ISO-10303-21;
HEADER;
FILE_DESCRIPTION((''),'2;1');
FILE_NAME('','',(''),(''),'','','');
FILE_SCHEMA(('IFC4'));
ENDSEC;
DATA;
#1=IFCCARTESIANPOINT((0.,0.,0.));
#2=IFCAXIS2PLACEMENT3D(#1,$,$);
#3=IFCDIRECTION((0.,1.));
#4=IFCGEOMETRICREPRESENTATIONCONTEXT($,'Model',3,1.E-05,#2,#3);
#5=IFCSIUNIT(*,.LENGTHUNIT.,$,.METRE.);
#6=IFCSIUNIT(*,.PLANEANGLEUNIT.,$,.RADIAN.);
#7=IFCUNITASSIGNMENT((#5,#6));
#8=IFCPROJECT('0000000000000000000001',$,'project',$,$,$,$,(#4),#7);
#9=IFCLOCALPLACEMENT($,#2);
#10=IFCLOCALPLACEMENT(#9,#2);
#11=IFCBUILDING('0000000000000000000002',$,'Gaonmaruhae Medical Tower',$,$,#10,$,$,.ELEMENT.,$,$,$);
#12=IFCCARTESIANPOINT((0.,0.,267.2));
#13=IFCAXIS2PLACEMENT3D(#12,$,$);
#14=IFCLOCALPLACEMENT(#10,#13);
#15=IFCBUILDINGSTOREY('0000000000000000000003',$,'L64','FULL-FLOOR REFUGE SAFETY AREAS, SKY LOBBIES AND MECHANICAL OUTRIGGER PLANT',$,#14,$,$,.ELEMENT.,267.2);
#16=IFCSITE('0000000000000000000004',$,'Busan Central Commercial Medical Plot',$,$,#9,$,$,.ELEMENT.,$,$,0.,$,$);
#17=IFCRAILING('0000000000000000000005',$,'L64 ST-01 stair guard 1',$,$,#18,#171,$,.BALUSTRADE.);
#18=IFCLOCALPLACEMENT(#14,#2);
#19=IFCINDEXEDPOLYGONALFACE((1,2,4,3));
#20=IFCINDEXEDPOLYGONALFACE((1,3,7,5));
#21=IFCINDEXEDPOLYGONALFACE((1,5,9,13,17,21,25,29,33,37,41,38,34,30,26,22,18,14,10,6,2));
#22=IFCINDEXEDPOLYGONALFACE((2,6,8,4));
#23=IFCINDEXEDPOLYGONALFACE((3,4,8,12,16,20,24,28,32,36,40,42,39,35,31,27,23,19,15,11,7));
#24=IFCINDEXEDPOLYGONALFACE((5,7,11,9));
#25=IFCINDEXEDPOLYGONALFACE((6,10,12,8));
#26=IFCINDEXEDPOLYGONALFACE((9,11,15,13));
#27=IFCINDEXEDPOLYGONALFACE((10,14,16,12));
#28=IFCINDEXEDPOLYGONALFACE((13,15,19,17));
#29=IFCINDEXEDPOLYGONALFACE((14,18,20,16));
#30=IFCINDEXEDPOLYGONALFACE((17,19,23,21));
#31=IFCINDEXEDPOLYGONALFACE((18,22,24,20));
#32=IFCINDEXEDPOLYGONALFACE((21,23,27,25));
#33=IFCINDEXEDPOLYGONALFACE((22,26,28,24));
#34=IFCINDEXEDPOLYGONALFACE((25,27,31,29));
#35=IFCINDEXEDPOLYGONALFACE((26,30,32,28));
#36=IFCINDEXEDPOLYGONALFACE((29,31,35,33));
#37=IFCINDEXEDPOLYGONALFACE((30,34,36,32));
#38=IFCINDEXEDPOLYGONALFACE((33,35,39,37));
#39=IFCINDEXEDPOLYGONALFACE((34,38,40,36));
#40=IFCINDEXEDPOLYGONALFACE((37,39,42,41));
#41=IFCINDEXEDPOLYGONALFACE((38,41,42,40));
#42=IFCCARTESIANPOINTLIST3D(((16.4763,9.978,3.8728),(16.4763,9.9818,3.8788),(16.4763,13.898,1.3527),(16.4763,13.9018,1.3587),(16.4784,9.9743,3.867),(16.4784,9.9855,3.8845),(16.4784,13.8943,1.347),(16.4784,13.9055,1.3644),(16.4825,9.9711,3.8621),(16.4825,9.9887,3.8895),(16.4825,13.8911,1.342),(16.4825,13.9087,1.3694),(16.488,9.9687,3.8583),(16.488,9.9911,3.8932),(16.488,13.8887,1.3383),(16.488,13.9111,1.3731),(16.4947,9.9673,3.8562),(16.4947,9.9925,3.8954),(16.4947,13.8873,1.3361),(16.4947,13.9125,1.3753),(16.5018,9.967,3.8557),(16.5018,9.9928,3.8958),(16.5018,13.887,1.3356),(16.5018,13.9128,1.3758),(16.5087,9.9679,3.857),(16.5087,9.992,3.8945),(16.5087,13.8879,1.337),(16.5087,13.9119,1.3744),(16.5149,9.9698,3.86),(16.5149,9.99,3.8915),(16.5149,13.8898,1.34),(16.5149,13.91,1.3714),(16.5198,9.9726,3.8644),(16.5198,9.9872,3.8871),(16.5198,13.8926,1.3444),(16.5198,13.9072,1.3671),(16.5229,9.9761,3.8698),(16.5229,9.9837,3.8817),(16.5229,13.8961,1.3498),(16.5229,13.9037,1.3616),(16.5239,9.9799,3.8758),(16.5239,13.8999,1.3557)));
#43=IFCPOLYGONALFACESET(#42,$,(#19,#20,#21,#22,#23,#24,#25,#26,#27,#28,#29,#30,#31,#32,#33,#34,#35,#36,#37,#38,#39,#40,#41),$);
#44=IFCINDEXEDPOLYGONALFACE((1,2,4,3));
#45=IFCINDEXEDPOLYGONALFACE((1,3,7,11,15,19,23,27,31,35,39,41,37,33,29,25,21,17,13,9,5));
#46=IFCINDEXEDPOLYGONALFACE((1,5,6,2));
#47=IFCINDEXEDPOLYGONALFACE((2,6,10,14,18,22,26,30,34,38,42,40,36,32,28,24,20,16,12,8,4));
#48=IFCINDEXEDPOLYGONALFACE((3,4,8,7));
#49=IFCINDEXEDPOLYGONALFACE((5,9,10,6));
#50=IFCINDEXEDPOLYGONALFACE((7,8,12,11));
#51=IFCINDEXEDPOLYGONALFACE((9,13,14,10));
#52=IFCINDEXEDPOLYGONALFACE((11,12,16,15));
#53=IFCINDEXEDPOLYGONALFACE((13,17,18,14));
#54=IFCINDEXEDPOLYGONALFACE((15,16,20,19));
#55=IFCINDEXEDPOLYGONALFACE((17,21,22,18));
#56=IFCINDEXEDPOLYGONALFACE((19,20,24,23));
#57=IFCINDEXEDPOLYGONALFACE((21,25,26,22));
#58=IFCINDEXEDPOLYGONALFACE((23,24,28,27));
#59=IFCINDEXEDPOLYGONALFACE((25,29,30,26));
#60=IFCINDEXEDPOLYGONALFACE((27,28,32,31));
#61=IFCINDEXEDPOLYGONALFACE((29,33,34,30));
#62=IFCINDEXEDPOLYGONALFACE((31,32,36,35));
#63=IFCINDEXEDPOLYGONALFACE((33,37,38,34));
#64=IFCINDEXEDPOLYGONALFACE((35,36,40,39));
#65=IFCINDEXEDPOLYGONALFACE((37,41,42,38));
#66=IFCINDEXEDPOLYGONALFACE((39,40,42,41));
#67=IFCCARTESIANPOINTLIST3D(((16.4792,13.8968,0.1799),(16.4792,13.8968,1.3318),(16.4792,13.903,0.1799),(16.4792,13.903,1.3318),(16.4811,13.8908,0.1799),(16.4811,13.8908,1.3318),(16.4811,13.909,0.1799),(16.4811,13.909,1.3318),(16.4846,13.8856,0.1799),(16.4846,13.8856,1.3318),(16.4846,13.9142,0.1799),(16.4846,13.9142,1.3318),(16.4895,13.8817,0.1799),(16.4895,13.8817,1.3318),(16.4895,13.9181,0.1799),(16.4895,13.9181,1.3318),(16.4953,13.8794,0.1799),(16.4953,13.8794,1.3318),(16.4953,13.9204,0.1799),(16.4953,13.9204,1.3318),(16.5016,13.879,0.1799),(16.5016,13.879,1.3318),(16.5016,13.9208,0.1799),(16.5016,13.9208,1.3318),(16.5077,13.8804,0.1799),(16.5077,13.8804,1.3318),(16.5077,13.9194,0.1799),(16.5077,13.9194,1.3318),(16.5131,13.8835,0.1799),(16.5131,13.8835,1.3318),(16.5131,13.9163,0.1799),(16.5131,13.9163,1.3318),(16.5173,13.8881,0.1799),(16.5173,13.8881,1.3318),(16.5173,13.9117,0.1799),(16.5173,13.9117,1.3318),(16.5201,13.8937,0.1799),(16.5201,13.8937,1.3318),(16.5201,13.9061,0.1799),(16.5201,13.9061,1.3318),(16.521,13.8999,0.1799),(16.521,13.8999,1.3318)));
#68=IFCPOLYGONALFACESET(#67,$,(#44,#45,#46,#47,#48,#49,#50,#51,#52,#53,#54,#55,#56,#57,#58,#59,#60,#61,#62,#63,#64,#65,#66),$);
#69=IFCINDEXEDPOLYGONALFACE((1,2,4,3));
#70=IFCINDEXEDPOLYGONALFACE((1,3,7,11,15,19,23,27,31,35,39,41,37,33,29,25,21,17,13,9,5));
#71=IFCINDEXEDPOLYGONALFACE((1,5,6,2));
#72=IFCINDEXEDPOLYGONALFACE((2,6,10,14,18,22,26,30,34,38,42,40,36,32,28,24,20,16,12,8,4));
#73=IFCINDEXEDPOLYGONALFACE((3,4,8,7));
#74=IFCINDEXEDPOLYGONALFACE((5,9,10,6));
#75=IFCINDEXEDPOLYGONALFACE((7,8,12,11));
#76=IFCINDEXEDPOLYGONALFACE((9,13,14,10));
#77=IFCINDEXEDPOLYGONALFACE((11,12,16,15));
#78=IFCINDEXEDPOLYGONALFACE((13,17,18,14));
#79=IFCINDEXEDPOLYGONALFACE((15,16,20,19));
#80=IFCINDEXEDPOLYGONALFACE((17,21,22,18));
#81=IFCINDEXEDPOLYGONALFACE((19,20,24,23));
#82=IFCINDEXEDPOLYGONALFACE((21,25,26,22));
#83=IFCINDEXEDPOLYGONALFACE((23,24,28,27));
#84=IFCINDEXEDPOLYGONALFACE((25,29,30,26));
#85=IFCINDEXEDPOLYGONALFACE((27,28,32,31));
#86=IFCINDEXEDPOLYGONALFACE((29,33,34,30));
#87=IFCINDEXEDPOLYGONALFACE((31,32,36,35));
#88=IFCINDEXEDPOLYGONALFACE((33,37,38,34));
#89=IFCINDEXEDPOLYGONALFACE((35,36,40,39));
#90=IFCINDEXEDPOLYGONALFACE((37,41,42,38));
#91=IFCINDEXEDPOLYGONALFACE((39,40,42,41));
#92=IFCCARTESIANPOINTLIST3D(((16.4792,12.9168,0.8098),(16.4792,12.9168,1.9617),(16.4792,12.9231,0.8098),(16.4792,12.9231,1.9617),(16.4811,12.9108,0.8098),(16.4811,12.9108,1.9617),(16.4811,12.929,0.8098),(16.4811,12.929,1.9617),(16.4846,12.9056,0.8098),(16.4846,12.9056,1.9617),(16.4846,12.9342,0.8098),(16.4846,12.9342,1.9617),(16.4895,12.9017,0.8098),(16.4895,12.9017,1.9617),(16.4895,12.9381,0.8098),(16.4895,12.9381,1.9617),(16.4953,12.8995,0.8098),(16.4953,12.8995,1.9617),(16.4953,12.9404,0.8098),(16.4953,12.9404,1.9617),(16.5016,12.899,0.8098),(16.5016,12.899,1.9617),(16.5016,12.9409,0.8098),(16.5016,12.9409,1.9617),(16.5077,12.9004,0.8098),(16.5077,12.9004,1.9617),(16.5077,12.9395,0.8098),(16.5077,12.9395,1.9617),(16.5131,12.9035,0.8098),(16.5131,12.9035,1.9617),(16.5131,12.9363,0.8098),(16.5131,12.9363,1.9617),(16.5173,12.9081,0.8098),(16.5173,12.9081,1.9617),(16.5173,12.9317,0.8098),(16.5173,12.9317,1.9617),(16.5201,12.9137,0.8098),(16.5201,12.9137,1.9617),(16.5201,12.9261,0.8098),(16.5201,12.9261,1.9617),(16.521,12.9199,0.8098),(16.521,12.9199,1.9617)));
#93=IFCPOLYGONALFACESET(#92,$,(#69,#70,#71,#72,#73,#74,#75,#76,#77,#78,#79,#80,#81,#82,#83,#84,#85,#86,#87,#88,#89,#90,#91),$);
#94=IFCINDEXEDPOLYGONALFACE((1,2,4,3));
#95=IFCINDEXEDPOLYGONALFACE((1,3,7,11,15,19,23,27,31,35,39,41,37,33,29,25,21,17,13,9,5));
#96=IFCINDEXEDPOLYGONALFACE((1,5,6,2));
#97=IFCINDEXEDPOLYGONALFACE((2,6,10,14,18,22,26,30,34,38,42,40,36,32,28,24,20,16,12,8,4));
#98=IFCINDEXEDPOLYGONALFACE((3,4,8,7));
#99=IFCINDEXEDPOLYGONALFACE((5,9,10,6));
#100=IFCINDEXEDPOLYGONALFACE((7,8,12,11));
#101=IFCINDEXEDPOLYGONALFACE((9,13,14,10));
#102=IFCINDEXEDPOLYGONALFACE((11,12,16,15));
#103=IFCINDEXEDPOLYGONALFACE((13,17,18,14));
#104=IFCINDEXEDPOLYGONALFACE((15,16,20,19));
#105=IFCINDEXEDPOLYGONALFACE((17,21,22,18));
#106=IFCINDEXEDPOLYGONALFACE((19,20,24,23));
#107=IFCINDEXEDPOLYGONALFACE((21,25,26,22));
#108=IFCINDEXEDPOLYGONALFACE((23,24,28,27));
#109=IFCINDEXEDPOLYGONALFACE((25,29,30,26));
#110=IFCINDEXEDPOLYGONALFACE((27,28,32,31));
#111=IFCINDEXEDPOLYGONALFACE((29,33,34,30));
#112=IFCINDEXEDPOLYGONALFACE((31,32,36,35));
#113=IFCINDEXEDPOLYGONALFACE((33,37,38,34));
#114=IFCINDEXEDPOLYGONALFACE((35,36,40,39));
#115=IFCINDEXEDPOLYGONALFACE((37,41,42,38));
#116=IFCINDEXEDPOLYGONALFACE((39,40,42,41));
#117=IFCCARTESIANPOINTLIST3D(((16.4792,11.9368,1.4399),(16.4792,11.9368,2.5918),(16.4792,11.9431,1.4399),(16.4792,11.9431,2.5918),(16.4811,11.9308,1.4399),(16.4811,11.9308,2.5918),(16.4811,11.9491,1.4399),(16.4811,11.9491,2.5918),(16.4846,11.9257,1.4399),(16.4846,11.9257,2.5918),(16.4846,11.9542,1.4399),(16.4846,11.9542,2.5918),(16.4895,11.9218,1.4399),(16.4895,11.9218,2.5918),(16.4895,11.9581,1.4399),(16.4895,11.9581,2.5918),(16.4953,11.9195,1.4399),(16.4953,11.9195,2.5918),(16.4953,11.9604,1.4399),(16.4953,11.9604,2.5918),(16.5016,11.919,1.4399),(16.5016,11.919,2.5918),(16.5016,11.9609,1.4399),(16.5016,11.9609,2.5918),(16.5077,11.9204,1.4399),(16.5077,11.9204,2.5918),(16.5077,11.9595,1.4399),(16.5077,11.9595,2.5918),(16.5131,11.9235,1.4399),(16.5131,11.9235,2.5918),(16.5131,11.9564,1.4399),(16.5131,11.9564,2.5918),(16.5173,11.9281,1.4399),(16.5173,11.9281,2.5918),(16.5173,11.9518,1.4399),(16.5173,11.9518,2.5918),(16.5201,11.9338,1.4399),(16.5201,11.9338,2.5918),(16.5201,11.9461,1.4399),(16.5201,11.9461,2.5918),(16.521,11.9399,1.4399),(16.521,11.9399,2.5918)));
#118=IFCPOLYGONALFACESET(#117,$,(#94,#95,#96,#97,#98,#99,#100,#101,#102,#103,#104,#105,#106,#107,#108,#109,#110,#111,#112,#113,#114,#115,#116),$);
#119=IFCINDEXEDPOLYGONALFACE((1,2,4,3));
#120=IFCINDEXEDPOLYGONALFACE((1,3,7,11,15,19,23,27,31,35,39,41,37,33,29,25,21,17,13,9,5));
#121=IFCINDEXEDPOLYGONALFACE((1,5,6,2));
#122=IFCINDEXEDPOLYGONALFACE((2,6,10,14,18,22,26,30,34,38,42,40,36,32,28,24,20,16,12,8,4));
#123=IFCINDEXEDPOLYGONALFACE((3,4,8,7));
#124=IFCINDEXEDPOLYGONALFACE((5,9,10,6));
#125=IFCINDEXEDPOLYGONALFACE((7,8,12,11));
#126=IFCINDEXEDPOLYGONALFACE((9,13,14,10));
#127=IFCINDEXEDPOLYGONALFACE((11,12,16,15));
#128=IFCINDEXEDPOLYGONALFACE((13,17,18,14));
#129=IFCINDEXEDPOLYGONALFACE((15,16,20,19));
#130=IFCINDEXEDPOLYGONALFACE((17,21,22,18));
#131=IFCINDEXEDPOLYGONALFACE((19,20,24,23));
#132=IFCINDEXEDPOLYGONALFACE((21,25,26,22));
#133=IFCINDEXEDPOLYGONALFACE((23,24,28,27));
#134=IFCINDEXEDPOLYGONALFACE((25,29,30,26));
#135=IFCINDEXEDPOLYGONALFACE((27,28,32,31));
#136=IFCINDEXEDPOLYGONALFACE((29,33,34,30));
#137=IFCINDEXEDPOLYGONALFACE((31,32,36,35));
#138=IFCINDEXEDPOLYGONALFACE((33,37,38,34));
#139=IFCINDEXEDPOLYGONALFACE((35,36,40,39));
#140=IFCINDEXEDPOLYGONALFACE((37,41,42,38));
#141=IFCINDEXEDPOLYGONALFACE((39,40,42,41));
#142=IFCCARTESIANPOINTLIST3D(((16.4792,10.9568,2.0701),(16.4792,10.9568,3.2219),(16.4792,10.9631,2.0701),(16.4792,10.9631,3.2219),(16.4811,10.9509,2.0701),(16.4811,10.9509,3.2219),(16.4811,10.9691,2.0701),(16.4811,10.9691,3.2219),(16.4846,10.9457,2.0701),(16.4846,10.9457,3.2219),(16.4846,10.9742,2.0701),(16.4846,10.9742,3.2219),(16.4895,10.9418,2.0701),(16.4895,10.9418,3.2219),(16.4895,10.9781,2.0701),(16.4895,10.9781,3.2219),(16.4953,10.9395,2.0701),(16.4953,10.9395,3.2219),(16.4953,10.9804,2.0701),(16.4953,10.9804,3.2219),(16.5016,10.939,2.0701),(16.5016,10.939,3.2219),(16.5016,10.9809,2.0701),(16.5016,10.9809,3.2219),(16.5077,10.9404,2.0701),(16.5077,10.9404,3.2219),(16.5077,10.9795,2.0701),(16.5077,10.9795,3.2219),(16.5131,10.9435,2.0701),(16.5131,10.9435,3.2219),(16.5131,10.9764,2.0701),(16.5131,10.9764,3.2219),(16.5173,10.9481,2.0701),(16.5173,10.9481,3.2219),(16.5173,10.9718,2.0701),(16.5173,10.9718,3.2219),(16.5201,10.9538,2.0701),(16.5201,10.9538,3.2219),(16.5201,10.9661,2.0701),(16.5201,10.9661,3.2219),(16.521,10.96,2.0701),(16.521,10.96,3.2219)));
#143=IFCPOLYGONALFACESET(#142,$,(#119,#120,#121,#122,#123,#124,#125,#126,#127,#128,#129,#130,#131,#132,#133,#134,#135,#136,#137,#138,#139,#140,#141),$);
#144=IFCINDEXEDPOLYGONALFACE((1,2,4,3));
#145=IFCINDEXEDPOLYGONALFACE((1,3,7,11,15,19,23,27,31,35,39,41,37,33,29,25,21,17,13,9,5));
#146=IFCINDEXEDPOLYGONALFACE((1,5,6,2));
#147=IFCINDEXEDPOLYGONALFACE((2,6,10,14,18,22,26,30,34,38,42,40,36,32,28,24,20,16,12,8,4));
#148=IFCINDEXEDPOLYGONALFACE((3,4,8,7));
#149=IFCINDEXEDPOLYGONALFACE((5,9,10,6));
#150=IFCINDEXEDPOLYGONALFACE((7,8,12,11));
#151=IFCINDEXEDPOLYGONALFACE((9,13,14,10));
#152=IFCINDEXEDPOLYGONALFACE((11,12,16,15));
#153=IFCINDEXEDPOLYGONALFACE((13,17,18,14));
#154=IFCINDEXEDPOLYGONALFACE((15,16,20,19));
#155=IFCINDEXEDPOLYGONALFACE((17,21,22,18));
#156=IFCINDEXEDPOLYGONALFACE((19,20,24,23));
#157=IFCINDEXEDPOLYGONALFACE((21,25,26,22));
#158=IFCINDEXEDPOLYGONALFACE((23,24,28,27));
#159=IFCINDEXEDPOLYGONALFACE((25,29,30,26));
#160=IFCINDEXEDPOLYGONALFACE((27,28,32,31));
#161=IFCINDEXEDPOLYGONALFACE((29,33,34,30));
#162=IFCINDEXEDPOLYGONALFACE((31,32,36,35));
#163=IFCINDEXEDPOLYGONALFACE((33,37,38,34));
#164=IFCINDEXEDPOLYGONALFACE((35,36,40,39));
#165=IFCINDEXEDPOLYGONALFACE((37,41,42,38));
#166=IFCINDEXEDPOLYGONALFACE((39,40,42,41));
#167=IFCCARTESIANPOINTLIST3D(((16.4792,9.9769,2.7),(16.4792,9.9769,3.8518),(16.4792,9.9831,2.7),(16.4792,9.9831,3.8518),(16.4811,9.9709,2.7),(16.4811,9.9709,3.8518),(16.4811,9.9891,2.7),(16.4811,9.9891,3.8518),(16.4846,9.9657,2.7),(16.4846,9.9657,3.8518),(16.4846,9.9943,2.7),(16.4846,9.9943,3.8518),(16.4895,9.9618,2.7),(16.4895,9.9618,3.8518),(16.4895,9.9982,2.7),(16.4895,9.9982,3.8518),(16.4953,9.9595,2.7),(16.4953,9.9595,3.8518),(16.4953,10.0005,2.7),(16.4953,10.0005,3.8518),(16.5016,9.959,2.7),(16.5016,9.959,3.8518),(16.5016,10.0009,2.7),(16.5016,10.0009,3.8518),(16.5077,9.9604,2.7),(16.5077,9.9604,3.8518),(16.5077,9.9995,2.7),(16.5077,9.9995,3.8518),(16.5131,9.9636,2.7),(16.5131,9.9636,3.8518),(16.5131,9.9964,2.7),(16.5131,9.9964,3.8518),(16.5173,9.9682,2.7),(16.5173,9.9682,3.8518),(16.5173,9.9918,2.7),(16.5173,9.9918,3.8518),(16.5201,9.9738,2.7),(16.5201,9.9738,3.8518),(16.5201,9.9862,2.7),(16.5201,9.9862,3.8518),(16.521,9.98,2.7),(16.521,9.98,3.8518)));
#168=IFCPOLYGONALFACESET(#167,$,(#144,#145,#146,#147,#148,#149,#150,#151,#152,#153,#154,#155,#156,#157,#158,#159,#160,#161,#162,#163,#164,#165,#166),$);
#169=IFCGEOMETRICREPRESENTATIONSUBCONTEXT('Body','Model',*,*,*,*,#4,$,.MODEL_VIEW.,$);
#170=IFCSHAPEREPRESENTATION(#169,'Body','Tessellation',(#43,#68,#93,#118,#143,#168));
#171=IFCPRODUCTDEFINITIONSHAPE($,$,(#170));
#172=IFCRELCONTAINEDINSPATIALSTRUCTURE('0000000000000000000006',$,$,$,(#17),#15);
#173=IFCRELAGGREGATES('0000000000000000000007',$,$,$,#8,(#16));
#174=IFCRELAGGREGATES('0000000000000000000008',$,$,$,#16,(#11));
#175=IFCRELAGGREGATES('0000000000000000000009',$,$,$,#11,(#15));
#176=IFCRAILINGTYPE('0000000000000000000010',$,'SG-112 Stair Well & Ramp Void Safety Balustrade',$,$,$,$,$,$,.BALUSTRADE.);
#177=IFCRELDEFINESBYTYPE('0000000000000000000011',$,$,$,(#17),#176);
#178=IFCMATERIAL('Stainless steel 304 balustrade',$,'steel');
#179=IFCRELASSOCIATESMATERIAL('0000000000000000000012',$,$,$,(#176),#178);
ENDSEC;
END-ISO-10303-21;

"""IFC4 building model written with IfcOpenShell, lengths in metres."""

from ifc_helpers import new_model, si_unit, direction, frame, origin, origin_2d, place, context, subcontext, project, spatial, circle, extrude, material, type_object, element, save


model = new_model("IFC4")

# Units and contexts
model_context = context("Model", 3, precision=1e-05, world=origin(), true_north=direction((0.0, 1.0)))
body_context = subcontext(model_context, "Body", "Model", "MODEL_VIEW")
ifc_project = project(units=[si_unit("LENGTHUNIT", "METRE"), si_unit("PLANEANGLEUNIT", "RADIAN")], contexts=[model_context])

# Site, building, storey
site_placement = place(None, origin())
site = spatial("IfcSite", under=ifc_project, at=site_placement, Name="Busan Central Commercial Medical Plot", CompositionType="ELEMENT", RefElevation=0.0)
building_placement = place(site_placement, origin())
building = spatial("IfcBuilding", under=site, at=building_placement, Name="Gaonmaruhae Medical Tower", CompositionType="ELEMENT")
storey_placement = place(building_placement, frame((0.0, 0.0, 267.2)))
storey = spatial("IfcBuildingStorey", under=building, at=storey_placement, Name="L64", Description="FULL-FLOOR REFUGE SAFETY AREAS, SKY LOBBIES AND MECHANICAL OUTRIGGER PLANT", CompositionType="ELEMENT", Elevation=267.2)

# Railing
ifc_material_1 = material(Name="Stainless steel 304 balustrade", Category="steel")
railing_type_1 = type_object("IfcRailingType", Name="SG-112 Stair Well & Ramp Void Safety Balustrade", PredefinedType="BALUSTRADE", material=ifc_material_1)
railing_1_placement = place(storey_placement, frame((16.5, 13.8999, 0.1799)))
element("IfcRailing", 1, at=railing_1_placement, inside=storey, type_object=railing_type_1, Name="L64 ST-01 stair guard 1", PredefinedType="BALUSTRADE", context=body_context, shape_type="SweptSolid", body=[
    extrude(circle(Radius=0.0239, at=origin_2d()), frame((0.0, 0.0, 1.1758), z_axis=(0.0, -0.841172, 0.540768), x_axis=(1.0, 0.0, 0.0)), (0.0, 0.0, 1.0), 4.6602),
    extrude(circle(Radius=0.021, at=origin_2d()), origin(), (0.0, 0.0, 1.0), 1.1519),
    extrude(circle(Radius=0.021, at=origin_2d()), frame((0.0, -0.98, 0.6299)), (0.0, 0.0, 1.0), 1.1519),
    extrude(circle(Radius=0.021, at=origin_2d()), frame((0.0, -1.96, 1.26)), (0.0, 0.0, 1.0), 1.1519),
    extrude(circle(Radius=0.021, at=origin_2d()), frame((0.0, -2.9399, 1.8901)), (0.0, 0.0, 1.0), 1.1519),
    extrude(circle(Radius=0.021, at=origin_2d()), frame((0.0, -3.9199, 2.52)), (0.0, 0.0, 1.0), 1.1519),
])

save(model, "model.ifc")
